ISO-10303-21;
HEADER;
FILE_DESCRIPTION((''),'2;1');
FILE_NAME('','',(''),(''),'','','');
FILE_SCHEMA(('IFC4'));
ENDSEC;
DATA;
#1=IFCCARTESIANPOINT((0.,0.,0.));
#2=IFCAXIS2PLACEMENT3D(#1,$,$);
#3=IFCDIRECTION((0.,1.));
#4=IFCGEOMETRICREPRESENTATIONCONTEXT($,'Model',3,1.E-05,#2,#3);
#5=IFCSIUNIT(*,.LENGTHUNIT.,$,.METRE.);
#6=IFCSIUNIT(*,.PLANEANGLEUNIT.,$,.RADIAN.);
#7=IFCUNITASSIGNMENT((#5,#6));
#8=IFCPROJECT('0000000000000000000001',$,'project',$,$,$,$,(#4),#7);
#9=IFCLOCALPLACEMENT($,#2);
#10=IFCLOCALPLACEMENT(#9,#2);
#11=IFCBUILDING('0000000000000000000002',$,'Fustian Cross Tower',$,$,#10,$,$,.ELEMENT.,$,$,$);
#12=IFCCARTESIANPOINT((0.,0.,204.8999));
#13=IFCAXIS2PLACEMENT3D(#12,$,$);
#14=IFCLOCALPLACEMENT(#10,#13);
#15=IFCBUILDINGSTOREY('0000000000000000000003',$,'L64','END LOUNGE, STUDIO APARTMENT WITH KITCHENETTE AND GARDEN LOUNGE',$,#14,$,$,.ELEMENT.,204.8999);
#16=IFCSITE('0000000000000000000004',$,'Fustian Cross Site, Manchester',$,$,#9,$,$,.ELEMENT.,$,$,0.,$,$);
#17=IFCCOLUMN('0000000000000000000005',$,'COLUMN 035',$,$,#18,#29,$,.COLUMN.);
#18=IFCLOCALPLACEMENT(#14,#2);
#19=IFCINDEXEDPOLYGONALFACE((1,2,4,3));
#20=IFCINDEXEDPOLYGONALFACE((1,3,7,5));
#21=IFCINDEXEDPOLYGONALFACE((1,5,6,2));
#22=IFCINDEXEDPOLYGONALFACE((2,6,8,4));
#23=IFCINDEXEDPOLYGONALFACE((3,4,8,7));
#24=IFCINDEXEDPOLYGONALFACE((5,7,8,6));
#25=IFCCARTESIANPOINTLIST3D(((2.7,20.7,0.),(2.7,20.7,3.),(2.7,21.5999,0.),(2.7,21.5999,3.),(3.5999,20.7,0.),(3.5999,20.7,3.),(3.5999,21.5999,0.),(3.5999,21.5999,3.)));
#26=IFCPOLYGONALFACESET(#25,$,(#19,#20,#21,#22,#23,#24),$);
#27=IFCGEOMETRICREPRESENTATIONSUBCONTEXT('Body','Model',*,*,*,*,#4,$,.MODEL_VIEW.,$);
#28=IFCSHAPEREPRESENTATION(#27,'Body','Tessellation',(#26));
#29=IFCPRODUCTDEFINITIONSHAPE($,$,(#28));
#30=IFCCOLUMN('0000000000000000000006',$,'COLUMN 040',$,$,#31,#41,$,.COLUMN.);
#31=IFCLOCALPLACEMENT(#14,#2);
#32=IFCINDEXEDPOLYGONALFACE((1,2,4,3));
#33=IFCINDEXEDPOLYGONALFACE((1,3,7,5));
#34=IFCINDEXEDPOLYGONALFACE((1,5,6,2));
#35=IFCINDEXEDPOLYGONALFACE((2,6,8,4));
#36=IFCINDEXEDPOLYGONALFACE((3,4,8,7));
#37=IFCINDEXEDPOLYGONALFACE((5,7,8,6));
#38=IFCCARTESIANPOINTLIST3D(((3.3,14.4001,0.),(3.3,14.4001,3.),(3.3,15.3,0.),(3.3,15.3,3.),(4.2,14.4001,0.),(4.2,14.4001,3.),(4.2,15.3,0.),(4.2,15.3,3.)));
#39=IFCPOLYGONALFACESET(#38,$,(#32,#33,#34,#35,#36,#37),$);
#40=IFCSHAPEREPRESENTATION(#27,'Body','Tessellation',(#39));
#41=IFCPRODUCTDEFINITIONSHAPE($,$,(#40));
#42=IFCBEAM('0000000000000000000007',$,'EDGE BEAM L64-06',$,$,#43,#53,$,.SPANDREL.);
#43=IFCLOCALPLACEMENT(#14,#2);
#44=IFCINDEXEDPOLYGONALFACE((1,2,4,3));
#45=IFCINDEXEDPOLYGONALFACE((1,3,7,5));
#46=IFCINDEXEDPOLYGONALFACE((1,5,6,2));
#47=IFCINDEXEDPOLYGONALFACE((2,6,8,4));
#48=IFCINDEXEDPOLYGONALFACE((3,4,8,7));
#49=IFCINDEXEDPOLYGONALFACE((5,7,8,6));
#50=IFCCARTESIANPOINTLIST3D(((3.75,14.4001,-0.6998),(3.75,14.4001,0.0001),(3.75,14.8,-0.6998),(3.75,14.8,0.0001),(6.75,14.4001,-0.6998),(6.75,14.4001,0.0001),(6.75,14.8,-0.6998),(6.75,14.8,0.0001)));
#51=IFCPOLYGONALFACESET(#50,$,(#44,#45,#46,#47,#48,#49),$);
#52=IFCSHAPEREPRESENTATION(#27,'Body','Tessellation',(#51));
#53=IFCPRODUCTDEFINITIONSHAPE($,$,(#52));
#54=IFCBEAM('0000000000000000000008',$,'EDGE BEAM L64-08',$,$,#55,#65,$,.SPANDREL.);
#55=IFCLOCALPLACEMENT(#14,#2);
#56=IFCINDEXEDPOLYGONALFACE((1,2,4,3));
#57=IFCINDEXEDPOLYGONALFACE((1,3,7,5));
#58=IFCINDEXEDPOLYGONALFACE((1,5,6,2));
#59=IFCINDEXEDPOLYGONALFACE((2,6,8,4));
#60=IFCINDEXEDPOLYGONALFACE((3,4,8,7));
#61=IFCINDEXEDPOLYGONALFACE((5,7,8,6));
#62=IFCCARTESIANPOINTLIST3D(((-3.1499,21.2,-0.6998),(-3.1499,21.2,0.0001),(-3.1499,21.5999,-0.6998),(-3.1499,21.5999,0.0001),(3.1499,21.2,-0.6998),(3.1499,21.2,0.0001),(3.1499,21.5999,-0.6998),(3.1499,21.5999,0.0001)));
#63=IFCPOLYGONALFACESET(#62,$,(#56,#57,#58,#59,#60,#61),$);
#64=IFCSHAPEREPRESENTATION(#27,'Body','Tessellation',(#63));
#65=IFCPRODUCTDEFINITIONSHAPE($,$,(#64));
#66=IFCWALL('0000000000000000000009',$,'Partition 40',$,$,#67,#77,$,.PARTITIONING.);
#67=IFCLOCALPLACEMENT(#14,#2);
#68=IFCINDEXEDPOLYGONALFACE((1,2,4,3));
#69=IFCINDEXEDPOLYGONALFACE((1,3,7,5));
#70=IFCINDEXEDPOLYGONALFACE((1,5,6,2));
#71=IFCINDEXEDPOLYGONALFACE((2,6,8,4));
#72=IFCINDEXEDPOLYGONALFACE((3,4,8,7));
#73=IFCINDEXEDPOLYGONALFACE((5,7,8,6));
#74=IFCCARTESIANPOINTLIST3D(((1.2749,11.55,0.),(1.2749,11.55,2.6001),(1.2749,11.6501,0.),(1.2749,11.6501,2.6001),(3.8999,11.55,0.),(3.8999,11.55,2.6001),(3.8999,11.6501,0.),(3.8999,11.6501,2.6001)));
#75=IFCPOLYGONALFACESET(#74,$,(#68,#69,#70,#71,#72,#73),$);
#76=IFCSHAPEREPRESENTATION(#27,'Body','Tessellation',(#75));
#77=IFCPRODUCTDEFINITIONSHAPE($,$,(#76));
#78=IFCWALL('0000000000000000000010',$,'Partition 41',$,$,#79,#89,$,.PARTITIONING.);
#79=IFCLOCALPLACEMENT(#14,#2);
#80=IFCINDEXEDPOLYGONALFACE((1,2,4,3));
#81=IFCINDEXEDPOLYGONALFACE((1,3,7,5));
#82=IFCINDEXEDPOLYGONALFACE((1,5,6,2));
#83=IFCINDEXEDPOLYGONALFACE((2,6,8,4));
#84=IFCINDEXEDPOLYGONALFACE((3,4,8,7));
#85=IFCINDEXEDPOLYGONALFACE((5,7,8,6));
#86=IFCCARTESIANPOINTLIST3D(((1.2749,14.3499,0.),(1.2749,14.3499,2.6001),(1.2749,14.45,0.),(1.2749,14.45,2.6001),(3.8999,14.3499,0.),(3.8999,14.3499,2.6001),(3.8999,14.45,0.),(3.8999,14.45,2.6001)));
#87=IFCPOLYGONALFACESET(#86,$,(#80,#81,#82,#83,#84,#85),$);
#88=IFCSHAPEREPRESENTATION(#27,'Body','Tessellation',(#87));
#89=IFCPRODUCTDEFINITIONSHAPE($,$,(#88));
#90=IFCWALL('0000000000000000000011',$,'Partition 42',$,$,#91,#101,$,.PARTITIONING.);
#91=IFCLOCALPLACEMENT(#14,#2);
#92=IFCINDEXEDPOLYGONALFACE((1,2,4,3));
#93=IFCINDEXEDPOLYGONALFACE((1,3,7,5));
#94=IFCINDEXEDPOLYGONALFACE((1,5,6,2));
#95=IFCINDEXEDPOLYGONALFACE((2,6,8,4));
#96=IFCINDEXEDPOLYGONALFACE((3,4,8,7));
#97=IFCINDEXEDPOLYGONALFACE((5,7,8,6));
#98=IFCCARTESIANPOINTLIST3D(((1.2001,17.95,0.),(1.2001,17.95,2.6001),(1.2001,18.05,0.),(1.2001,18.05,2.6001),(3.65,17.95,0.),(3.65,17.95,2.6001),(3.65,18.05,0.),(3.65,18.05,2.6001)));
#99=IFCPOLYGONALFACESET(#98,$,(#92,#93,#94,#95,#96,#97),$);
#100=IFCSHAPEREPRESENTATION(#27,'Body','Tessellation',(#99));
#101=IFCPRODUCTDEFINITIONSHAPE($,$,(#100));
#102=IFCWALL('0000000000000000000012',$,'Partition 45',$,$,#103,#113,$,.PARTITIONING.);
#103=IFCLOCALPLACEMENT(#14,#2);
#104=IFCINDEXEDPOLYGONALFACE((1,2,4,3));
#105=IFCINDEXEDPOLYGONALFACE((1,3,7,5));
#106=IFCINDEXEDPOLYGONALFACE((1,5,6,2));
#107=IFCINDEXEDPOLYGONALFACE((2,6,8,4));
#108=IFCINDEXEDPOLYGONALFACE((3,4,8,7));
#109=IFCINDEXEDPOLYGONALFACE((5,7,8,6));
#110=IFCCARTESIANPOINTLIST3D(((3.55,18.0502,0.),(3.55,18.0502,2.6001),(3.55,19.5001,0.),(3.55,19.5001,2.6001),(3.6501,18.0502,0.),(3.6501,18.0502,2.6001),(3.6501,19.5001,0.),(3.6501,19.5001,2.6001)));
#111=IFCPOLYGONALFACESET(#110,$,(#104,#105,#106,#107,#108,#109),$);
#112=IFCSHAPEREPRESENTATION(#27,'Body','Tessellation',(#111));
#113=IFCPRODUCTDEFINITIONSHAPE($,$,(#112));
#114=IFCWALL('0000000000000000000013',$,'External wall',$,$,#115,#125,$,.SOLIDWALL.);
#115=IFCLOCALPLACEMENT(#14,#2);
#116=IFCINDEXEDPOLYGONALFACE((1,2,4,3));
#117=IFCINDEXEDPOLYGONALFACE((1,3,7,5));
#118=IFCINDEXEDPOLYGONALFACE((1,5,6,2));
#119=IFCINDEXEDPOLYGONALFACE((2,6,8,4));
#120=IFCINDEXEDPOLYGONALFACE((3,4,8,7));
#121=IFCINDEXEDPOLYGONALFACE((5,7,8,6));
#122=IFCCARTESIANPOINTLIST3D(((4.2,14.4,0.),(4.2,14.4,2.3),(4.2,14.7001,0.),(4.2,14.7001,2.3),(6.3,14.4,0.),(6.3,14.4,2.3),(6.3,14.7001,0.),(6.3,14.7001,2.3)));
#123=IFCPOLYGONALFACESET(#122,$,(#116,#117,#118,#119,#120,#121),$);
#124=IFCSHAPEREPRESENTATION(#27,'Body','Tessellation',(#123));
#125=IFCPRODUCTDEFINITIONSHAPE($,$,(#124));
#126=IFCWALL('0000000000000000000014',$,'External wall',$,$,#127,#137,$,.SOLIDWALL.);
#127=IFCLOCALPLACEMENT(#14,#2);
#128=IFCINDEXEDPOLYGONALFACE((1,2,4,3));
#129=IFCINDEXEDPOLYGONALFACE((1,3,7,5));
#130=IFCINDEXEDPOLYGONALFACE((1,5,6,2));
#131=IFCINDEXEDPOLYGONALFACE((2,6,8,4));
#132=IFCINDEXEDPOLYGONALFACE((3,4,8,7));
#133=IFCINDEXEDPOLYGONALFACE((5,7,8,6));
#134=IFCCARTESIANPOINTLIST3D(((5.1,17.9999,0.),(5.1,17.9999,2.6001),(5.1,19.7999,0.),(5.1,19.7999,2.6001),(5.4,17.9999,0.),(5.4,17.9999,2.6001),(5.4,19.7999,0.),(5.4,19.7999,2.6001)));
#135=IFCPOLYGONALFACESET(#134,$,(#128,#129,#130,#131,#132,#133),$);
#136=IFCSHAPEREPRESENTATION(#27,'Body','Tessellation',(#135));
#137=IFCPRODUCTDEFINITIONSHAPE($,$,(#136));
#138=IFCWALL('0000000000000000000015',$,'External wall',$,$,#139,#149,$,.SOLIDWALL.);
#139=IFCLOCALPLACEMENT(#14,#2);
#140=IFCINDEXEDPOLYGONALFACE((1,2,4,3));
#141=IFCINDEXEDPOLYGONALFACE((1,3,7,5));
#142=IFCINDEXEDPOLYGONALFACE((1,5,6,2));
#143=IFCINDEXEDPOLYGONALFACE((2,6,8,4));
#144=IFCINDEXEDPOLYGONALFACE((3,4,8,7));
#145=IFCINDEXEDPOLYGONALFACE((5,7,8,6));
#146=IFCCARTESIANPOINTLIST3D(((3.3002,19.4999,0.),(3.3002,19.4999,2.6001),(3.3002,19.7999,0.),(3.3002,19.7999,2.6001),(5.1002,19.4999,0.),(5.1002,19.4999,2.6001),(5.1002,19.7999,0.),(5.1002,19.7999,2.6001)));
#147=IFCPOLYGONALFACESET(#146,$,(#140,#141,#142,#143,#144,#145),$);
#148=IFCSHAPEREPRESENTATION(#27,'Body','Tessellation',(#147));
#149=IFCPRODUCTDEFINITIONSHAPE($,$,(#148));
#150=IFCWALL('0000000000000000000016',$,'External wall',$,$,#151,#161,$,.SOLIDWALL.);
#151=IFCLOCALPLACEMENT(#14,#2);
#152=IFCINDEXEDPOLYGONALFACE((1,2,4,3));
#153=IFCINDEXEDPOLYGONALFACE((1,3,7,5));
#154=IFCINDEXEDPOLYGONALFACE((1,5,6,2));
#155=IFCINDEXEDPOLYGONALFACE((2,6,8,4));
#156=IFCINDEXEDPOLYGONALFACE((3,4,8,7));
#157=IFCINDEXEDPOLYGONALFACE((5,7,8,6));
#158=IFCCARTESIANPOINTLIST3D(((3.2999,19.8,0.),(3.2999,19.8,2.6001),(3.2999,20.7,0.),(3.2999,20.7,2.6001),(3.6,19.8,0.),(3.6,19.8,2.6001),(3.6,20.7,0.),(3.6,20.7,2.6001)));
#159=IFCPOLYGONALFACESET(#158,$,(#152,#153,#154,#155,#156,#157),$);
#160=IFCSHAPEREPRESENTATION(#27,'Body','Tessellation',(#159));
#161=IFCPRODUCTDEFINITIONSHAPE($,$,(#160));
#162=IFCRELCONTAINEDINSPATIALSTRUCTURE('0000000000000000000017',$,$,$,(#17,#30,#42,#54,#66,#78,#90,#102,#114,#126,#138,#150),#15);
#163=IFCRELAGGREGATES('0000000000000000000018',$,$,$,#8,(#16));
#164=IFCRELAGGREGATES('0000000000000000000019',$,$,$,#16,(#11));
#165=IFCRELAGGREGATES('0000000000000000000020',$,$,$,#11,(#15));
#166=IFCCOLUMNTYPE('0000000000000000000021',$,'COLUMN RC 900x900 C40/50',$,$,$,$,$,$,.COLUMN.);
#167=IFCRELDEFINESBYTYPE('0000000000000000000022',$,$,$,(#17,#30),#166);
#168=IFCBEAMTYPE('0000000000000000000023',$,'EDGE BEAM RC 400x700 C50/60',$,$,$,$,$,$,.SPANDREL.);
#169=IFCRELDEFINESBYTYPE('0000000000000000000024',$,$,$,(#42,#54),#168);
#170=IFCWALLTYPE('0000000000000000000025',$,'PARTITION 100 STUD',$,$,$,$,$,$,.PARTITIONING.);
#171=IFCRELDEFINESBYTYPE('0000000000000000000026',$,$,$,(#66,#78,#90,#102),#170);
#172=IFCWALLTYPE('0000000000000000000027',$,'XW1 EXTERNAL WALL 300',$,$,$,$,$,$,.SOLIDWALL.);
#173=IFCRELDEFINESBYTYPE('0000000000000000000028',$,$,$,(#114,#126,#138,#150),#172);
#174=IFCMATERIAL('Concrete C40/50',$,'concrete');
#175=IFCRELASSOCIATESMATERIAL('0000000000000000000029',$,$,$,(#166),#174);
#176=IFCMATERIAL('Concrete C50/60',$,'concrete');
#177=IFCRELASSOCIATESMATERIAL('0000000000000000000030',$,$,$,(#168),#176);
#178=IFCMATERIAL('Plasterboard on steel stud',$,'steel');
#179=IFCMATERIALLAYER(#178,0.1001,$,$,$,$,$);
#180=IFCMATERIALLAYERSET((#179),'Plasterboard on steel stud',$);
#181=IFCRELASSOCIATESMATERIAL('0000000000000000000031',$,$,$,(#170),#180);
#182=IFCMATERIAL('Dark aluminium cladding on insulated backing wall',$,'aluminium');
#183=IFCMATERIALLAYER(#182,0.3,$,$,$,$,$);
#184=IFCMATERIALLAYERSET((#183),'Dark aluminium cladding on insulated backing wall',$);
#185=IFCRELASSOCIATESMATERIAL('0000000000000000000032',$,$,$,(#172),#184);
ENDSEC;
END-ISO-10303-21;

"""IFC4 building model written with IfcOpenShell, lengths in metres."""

from ifc_helpers import new_model, si_unit, direction, frame, frame_2d, origin, origin_2d, place, context, subcontext, project, spatial, rectangle, extrude, material, layer, layer_set, material_profile, profile_set, type_object, element, save


model = new_model("IFC4")

# Units and contexts
model_context = context("Model", 3, precision=1e-05, world=origin(), true_north=direction((0.0, 1.0)))
body_context = subcontext(model_context, "Body", "Model", "MODEL_VIEW")
ifc_project = project(units=[si_unit("LENGTHUNIT", "METRE"), si_unit("PLANEANGLEUNIT", "RADIAN")], contexts=[model_context])

# Site, building, storey
site_placement = place(None, origin())
site = spatial("IfcSite", under=ifc_project, at=site_placement, Name="Fustian Cross Site, Manchester", CompositionType="ELEMENT", RefElevation=0.0)
building_placement = place(site_placement, origin())
building = spatial("IfcBuilding", under=site, at=building_placement, Name="Fustian Cross Tower", CompositionType="ELEMENT")
storey_placement = place(building_placement, frame((0.0, 0.0, 204.8999)))
storey = spatial("IfcBuildingStorey", under=building, at=storey_placement, Name="L64", Description="END LOUNGE, STUDIO APARTMENT WITH KITCHENETTE AND GARDEN LOUNGE", CompositionType="ELEMENT", Elevation=204.8999)

# Columns
ifc_material_1 = material(Name="Concrete C40/50", Category="concrete")
ifc_material_profile_1 = material_profile(ifc_material_1, rectangle(XDim=0.8999, YDim=0.8999, at=origin_2d()), Name="RC 900x900")
ifc_profile_set_1 = profile_set([ifc_material_profile_1], Name="Concrete C40/50")
column_type = type_object("IfcColumnType", Name="COLUMN RC 900x900 C40/50", PredefinedType="COLUMN", material=ifc_profile_set_1)
for number, where, z_axis, x_axis, name in (
    (1, (3.1499, 21.1499, 0.0), (0.0, 0.0, 1.0), (1.0, 0.0, 0.0), "COLUMN 035"),
    (2, (3.75, 14.8501, 0.0), (0.0, 0.0, 1.0), (1.0, 0.0, 0.0), "COLUMN 040"),
):
    element("IfcColumn", number, at=place(storey_placement, frame(where, z_axis=z_axis, x_axis=x_axis)), inside=storey, type_object=column_type, Name=name, PredefinedType="COLUMN", context=body_context, shape_type="SweptSolid", body=[
        extrude(rectangle(XDim=0.8999, YDim=0.8999, at=origin_2d()), origin(), (0.0, 0.0, 1.0), 3.0),
    ])

# Beams
ifc_material_2 = material(Name="Concrete C50/60", Category="concrete")
ifc_material_profile_2 = material_profile(ifc_material_2, rectangle(XDim=0.3999, YDim=0.7, at=origin_2d()), Name="RC 400x700")
ifc_profile_set_2 = profile_set([ifc_material_profile_2], Name="Concrete C50/60")
beam_type = type_object("IfcBeamType", Name="EDGE BEAM RC 400x700 C50/60", PredefinedType="SPANDREL", material=ifc_profile_set_2)
beam_1_placement = place(storey_placement, frame((3.75, 14.6001, -0.3499), z_axis=(1.0, 0.0, 0.0), x_axis=(0.0, 1.0, 0.0)))
element("IfcBeam", 3, at=beam_1_placement, inside=storey, type_object=beam_type, Name="EDGE BEAM L64-06", PredefinedType="SPANDREL", context=body_context, shape_type="SweptSolid", body=[
    extrude(rectangle(XDim=0.3999, YDim=0.7, at=origin_2d()), origin(), (0.0, 0.0, 1.0), 3.0),
])
beam_2_placement = place(storey_placement, frame((3.1499, 21.3999, -0.3499), z_axis=(-1.0, 0.0, 0.0), x_axis=(0.0, -1.0, 0.0)))
element("IfcBeam", 4, at=beam_2_placement, inside=storey, type_object=beam_type, Name="EDGE BEAM L64-08", PredefinedType="SPANDREL", context=body_context, shape_type="SweptSolid", body=[
    extrude(rectangle(XDim=0.3999, YDim=0.7, at=origin_2d()), origin(), (0.0, 0.0, 1.0), 6.2998),
])

# Walls
ifc_material_3 = material(Name="Plasterboard on steel stud", Category="steel")
ifc_layer_1 = layer(ifc_material_3, 0.1001)
ifc_layer_set_1 = layer_set([ifc_layer_1], Name="Plasterboard on steel stud")
wall_type_1 = type_object("IfcWallType", Name="PARTITION 100 STUD", PredefinedType="PARTITIONING", material=ifc_layer_set_1)
for number, where, z_axis, x_axis, name in (
    (5, (1.2749, 11.6001, 0.0), (0.0, 0.0, 1.0), (1.0, 0.0, 0.0), "Partition 40"),
    (6, (1.2749, 14.3999, 0.0), (0.0, 0.0, 1.0), (1.0, 0.0, 0.0), "Partition 41"),
):
    element("IfcWall", number, at=place(storey_placement, frame(where, z_axis=z_axis, x_axis=x_axis)), inside=storey, type_object=wall_type_1, Name=name, PredefinedType="PARTITIONING", context=body_context, shape_type="SweptSolid", body=[
        extrude(rectangle(XDim=2.625, YDim=0.1001, at=frame_2d((1.3125, 0.0))), origin(), (0.0, 0.0, 1.0), 2.6001),
    ])
wall_1_placement = place(storey_placement, frame((1.2, 18.0, 0.0), z_axis=(0.0, 0.0, 1.0), x_axis=(1.0, 0.0, 0.0)))
element("IfcWall", 7, at=wall_1_placement, inside=storey, type_object=wall_type_1, Name="Partition 42", PredefinedType="PARTITIONING", context=body_context, shape_type="SweptSolid", body=[
    extrude(rectangle(XDim=2.45, YDim=0.1001, at=frame_2d((1.2251, 0.0))), origin(), (0.0, 0.0, 1.0), 2.6001),
])
wall_2_placement = place(storey_placement, frame((3.6001, 18.05, 0.0), z_axis=(0.0, 0.0, 1.0), x_axis=(0.0, 1.0, 0.0)))
element("IfcWall", 8, at=wall_2_placement, inside=storey, type_object=wall_type_1, Name="Partition 45", PredefinedType="PARTITIONING", context=body_context, shape_type="SweptSolid", body=[
    extrude(rectangle(XDim=1.45, YDim=0.1001, at=frame_2d((0.7251, 0.0))), origin(), (0.0, 0.0, 1.0), 2.6001),
])
ifc_material_4 = material(Name="Dark aluminium cladding on insulated backing wall", Category="aluminium")
ifc_layer_2 = layer(ifc_material_4, 0.3)
ifc_layer_set_2 = layer_set([ifc_layer_2], Name="Dark aluminium cladding on insulated backing wall")
wall_type_2 = type_object("IfcWallType", Name="XW1 EXTERNAL WALL 300", PredefinedType="SOLIDWALL", material=ifc_layer_set_2)
wall_3_placement = place(storey_placement, frame((4.2, 14.55, 0.0), z_axis=(0.0, 0.0, 1.0), x_axis=(1.0, 0.0, 0.0)))
element("IfcWall", 9, at=wall_3_placement, inside=storey, type_object=wall_type_2, Name="External wall", PredefinedType="SOLIDWALL", context=body_context, shape_type="SweptSolid", body=[
    extrude(rectangle(XDim=2.1001, YDim=0.3, at=frame_2d((1.05, 0.0))), origin(), (0.0, 0.0, 1.0), 2.3),
])
for number, where, z_axis, x_axis, name in (
    (10, (5.25, 18.0, 0.0), (0.0, 0.0, 1.0), (0.0, 1.0, 0.0), "External wall"),
    (11, (5.1001, 19.6499, 0.0), (0.0, 0.0, 1.0), (-1.0, 0.0, 0.0), "External wall"),
):
    element("IfcWall", number, at=place(storey_placement, frame(where, z_axis=z_axis, x_axis=x_axis)), inside=storey, type_object=wall_type_2, Name=name, PredefinedType="SOLIDWALL", context=body_context, shape_type="SweptSolid", body=[
        extrude(rectangle(XDim=1.8, YDim=0.3, at=frame_2d((0.8999, 0.0))), origin(), (0.0, 0.0, 1.0), 2.6001),
    ])
wall_4_placement = place(storey_placement, frame((3.45, 19.8, 0.0), z_axis=(0.0, 0.0, 1.0), x_axis=(0.0, 1.0, 0.0)))
element("IfcWall", 12, at=wall_4_placement, inside=storey, type_object=wall_type_2, Name="External wall", PredefinedType="SOLIDWALL", context=body_context, shape_type="SweptSolid", body=[
    extrude(rectangle(XDim=0.8999, YDim=0.3, at=frame_2d((0.45, 0.0))), origin(), (0.0, 0.0, 1.0), 2.6001),
])

save(model, "model.ifc")
